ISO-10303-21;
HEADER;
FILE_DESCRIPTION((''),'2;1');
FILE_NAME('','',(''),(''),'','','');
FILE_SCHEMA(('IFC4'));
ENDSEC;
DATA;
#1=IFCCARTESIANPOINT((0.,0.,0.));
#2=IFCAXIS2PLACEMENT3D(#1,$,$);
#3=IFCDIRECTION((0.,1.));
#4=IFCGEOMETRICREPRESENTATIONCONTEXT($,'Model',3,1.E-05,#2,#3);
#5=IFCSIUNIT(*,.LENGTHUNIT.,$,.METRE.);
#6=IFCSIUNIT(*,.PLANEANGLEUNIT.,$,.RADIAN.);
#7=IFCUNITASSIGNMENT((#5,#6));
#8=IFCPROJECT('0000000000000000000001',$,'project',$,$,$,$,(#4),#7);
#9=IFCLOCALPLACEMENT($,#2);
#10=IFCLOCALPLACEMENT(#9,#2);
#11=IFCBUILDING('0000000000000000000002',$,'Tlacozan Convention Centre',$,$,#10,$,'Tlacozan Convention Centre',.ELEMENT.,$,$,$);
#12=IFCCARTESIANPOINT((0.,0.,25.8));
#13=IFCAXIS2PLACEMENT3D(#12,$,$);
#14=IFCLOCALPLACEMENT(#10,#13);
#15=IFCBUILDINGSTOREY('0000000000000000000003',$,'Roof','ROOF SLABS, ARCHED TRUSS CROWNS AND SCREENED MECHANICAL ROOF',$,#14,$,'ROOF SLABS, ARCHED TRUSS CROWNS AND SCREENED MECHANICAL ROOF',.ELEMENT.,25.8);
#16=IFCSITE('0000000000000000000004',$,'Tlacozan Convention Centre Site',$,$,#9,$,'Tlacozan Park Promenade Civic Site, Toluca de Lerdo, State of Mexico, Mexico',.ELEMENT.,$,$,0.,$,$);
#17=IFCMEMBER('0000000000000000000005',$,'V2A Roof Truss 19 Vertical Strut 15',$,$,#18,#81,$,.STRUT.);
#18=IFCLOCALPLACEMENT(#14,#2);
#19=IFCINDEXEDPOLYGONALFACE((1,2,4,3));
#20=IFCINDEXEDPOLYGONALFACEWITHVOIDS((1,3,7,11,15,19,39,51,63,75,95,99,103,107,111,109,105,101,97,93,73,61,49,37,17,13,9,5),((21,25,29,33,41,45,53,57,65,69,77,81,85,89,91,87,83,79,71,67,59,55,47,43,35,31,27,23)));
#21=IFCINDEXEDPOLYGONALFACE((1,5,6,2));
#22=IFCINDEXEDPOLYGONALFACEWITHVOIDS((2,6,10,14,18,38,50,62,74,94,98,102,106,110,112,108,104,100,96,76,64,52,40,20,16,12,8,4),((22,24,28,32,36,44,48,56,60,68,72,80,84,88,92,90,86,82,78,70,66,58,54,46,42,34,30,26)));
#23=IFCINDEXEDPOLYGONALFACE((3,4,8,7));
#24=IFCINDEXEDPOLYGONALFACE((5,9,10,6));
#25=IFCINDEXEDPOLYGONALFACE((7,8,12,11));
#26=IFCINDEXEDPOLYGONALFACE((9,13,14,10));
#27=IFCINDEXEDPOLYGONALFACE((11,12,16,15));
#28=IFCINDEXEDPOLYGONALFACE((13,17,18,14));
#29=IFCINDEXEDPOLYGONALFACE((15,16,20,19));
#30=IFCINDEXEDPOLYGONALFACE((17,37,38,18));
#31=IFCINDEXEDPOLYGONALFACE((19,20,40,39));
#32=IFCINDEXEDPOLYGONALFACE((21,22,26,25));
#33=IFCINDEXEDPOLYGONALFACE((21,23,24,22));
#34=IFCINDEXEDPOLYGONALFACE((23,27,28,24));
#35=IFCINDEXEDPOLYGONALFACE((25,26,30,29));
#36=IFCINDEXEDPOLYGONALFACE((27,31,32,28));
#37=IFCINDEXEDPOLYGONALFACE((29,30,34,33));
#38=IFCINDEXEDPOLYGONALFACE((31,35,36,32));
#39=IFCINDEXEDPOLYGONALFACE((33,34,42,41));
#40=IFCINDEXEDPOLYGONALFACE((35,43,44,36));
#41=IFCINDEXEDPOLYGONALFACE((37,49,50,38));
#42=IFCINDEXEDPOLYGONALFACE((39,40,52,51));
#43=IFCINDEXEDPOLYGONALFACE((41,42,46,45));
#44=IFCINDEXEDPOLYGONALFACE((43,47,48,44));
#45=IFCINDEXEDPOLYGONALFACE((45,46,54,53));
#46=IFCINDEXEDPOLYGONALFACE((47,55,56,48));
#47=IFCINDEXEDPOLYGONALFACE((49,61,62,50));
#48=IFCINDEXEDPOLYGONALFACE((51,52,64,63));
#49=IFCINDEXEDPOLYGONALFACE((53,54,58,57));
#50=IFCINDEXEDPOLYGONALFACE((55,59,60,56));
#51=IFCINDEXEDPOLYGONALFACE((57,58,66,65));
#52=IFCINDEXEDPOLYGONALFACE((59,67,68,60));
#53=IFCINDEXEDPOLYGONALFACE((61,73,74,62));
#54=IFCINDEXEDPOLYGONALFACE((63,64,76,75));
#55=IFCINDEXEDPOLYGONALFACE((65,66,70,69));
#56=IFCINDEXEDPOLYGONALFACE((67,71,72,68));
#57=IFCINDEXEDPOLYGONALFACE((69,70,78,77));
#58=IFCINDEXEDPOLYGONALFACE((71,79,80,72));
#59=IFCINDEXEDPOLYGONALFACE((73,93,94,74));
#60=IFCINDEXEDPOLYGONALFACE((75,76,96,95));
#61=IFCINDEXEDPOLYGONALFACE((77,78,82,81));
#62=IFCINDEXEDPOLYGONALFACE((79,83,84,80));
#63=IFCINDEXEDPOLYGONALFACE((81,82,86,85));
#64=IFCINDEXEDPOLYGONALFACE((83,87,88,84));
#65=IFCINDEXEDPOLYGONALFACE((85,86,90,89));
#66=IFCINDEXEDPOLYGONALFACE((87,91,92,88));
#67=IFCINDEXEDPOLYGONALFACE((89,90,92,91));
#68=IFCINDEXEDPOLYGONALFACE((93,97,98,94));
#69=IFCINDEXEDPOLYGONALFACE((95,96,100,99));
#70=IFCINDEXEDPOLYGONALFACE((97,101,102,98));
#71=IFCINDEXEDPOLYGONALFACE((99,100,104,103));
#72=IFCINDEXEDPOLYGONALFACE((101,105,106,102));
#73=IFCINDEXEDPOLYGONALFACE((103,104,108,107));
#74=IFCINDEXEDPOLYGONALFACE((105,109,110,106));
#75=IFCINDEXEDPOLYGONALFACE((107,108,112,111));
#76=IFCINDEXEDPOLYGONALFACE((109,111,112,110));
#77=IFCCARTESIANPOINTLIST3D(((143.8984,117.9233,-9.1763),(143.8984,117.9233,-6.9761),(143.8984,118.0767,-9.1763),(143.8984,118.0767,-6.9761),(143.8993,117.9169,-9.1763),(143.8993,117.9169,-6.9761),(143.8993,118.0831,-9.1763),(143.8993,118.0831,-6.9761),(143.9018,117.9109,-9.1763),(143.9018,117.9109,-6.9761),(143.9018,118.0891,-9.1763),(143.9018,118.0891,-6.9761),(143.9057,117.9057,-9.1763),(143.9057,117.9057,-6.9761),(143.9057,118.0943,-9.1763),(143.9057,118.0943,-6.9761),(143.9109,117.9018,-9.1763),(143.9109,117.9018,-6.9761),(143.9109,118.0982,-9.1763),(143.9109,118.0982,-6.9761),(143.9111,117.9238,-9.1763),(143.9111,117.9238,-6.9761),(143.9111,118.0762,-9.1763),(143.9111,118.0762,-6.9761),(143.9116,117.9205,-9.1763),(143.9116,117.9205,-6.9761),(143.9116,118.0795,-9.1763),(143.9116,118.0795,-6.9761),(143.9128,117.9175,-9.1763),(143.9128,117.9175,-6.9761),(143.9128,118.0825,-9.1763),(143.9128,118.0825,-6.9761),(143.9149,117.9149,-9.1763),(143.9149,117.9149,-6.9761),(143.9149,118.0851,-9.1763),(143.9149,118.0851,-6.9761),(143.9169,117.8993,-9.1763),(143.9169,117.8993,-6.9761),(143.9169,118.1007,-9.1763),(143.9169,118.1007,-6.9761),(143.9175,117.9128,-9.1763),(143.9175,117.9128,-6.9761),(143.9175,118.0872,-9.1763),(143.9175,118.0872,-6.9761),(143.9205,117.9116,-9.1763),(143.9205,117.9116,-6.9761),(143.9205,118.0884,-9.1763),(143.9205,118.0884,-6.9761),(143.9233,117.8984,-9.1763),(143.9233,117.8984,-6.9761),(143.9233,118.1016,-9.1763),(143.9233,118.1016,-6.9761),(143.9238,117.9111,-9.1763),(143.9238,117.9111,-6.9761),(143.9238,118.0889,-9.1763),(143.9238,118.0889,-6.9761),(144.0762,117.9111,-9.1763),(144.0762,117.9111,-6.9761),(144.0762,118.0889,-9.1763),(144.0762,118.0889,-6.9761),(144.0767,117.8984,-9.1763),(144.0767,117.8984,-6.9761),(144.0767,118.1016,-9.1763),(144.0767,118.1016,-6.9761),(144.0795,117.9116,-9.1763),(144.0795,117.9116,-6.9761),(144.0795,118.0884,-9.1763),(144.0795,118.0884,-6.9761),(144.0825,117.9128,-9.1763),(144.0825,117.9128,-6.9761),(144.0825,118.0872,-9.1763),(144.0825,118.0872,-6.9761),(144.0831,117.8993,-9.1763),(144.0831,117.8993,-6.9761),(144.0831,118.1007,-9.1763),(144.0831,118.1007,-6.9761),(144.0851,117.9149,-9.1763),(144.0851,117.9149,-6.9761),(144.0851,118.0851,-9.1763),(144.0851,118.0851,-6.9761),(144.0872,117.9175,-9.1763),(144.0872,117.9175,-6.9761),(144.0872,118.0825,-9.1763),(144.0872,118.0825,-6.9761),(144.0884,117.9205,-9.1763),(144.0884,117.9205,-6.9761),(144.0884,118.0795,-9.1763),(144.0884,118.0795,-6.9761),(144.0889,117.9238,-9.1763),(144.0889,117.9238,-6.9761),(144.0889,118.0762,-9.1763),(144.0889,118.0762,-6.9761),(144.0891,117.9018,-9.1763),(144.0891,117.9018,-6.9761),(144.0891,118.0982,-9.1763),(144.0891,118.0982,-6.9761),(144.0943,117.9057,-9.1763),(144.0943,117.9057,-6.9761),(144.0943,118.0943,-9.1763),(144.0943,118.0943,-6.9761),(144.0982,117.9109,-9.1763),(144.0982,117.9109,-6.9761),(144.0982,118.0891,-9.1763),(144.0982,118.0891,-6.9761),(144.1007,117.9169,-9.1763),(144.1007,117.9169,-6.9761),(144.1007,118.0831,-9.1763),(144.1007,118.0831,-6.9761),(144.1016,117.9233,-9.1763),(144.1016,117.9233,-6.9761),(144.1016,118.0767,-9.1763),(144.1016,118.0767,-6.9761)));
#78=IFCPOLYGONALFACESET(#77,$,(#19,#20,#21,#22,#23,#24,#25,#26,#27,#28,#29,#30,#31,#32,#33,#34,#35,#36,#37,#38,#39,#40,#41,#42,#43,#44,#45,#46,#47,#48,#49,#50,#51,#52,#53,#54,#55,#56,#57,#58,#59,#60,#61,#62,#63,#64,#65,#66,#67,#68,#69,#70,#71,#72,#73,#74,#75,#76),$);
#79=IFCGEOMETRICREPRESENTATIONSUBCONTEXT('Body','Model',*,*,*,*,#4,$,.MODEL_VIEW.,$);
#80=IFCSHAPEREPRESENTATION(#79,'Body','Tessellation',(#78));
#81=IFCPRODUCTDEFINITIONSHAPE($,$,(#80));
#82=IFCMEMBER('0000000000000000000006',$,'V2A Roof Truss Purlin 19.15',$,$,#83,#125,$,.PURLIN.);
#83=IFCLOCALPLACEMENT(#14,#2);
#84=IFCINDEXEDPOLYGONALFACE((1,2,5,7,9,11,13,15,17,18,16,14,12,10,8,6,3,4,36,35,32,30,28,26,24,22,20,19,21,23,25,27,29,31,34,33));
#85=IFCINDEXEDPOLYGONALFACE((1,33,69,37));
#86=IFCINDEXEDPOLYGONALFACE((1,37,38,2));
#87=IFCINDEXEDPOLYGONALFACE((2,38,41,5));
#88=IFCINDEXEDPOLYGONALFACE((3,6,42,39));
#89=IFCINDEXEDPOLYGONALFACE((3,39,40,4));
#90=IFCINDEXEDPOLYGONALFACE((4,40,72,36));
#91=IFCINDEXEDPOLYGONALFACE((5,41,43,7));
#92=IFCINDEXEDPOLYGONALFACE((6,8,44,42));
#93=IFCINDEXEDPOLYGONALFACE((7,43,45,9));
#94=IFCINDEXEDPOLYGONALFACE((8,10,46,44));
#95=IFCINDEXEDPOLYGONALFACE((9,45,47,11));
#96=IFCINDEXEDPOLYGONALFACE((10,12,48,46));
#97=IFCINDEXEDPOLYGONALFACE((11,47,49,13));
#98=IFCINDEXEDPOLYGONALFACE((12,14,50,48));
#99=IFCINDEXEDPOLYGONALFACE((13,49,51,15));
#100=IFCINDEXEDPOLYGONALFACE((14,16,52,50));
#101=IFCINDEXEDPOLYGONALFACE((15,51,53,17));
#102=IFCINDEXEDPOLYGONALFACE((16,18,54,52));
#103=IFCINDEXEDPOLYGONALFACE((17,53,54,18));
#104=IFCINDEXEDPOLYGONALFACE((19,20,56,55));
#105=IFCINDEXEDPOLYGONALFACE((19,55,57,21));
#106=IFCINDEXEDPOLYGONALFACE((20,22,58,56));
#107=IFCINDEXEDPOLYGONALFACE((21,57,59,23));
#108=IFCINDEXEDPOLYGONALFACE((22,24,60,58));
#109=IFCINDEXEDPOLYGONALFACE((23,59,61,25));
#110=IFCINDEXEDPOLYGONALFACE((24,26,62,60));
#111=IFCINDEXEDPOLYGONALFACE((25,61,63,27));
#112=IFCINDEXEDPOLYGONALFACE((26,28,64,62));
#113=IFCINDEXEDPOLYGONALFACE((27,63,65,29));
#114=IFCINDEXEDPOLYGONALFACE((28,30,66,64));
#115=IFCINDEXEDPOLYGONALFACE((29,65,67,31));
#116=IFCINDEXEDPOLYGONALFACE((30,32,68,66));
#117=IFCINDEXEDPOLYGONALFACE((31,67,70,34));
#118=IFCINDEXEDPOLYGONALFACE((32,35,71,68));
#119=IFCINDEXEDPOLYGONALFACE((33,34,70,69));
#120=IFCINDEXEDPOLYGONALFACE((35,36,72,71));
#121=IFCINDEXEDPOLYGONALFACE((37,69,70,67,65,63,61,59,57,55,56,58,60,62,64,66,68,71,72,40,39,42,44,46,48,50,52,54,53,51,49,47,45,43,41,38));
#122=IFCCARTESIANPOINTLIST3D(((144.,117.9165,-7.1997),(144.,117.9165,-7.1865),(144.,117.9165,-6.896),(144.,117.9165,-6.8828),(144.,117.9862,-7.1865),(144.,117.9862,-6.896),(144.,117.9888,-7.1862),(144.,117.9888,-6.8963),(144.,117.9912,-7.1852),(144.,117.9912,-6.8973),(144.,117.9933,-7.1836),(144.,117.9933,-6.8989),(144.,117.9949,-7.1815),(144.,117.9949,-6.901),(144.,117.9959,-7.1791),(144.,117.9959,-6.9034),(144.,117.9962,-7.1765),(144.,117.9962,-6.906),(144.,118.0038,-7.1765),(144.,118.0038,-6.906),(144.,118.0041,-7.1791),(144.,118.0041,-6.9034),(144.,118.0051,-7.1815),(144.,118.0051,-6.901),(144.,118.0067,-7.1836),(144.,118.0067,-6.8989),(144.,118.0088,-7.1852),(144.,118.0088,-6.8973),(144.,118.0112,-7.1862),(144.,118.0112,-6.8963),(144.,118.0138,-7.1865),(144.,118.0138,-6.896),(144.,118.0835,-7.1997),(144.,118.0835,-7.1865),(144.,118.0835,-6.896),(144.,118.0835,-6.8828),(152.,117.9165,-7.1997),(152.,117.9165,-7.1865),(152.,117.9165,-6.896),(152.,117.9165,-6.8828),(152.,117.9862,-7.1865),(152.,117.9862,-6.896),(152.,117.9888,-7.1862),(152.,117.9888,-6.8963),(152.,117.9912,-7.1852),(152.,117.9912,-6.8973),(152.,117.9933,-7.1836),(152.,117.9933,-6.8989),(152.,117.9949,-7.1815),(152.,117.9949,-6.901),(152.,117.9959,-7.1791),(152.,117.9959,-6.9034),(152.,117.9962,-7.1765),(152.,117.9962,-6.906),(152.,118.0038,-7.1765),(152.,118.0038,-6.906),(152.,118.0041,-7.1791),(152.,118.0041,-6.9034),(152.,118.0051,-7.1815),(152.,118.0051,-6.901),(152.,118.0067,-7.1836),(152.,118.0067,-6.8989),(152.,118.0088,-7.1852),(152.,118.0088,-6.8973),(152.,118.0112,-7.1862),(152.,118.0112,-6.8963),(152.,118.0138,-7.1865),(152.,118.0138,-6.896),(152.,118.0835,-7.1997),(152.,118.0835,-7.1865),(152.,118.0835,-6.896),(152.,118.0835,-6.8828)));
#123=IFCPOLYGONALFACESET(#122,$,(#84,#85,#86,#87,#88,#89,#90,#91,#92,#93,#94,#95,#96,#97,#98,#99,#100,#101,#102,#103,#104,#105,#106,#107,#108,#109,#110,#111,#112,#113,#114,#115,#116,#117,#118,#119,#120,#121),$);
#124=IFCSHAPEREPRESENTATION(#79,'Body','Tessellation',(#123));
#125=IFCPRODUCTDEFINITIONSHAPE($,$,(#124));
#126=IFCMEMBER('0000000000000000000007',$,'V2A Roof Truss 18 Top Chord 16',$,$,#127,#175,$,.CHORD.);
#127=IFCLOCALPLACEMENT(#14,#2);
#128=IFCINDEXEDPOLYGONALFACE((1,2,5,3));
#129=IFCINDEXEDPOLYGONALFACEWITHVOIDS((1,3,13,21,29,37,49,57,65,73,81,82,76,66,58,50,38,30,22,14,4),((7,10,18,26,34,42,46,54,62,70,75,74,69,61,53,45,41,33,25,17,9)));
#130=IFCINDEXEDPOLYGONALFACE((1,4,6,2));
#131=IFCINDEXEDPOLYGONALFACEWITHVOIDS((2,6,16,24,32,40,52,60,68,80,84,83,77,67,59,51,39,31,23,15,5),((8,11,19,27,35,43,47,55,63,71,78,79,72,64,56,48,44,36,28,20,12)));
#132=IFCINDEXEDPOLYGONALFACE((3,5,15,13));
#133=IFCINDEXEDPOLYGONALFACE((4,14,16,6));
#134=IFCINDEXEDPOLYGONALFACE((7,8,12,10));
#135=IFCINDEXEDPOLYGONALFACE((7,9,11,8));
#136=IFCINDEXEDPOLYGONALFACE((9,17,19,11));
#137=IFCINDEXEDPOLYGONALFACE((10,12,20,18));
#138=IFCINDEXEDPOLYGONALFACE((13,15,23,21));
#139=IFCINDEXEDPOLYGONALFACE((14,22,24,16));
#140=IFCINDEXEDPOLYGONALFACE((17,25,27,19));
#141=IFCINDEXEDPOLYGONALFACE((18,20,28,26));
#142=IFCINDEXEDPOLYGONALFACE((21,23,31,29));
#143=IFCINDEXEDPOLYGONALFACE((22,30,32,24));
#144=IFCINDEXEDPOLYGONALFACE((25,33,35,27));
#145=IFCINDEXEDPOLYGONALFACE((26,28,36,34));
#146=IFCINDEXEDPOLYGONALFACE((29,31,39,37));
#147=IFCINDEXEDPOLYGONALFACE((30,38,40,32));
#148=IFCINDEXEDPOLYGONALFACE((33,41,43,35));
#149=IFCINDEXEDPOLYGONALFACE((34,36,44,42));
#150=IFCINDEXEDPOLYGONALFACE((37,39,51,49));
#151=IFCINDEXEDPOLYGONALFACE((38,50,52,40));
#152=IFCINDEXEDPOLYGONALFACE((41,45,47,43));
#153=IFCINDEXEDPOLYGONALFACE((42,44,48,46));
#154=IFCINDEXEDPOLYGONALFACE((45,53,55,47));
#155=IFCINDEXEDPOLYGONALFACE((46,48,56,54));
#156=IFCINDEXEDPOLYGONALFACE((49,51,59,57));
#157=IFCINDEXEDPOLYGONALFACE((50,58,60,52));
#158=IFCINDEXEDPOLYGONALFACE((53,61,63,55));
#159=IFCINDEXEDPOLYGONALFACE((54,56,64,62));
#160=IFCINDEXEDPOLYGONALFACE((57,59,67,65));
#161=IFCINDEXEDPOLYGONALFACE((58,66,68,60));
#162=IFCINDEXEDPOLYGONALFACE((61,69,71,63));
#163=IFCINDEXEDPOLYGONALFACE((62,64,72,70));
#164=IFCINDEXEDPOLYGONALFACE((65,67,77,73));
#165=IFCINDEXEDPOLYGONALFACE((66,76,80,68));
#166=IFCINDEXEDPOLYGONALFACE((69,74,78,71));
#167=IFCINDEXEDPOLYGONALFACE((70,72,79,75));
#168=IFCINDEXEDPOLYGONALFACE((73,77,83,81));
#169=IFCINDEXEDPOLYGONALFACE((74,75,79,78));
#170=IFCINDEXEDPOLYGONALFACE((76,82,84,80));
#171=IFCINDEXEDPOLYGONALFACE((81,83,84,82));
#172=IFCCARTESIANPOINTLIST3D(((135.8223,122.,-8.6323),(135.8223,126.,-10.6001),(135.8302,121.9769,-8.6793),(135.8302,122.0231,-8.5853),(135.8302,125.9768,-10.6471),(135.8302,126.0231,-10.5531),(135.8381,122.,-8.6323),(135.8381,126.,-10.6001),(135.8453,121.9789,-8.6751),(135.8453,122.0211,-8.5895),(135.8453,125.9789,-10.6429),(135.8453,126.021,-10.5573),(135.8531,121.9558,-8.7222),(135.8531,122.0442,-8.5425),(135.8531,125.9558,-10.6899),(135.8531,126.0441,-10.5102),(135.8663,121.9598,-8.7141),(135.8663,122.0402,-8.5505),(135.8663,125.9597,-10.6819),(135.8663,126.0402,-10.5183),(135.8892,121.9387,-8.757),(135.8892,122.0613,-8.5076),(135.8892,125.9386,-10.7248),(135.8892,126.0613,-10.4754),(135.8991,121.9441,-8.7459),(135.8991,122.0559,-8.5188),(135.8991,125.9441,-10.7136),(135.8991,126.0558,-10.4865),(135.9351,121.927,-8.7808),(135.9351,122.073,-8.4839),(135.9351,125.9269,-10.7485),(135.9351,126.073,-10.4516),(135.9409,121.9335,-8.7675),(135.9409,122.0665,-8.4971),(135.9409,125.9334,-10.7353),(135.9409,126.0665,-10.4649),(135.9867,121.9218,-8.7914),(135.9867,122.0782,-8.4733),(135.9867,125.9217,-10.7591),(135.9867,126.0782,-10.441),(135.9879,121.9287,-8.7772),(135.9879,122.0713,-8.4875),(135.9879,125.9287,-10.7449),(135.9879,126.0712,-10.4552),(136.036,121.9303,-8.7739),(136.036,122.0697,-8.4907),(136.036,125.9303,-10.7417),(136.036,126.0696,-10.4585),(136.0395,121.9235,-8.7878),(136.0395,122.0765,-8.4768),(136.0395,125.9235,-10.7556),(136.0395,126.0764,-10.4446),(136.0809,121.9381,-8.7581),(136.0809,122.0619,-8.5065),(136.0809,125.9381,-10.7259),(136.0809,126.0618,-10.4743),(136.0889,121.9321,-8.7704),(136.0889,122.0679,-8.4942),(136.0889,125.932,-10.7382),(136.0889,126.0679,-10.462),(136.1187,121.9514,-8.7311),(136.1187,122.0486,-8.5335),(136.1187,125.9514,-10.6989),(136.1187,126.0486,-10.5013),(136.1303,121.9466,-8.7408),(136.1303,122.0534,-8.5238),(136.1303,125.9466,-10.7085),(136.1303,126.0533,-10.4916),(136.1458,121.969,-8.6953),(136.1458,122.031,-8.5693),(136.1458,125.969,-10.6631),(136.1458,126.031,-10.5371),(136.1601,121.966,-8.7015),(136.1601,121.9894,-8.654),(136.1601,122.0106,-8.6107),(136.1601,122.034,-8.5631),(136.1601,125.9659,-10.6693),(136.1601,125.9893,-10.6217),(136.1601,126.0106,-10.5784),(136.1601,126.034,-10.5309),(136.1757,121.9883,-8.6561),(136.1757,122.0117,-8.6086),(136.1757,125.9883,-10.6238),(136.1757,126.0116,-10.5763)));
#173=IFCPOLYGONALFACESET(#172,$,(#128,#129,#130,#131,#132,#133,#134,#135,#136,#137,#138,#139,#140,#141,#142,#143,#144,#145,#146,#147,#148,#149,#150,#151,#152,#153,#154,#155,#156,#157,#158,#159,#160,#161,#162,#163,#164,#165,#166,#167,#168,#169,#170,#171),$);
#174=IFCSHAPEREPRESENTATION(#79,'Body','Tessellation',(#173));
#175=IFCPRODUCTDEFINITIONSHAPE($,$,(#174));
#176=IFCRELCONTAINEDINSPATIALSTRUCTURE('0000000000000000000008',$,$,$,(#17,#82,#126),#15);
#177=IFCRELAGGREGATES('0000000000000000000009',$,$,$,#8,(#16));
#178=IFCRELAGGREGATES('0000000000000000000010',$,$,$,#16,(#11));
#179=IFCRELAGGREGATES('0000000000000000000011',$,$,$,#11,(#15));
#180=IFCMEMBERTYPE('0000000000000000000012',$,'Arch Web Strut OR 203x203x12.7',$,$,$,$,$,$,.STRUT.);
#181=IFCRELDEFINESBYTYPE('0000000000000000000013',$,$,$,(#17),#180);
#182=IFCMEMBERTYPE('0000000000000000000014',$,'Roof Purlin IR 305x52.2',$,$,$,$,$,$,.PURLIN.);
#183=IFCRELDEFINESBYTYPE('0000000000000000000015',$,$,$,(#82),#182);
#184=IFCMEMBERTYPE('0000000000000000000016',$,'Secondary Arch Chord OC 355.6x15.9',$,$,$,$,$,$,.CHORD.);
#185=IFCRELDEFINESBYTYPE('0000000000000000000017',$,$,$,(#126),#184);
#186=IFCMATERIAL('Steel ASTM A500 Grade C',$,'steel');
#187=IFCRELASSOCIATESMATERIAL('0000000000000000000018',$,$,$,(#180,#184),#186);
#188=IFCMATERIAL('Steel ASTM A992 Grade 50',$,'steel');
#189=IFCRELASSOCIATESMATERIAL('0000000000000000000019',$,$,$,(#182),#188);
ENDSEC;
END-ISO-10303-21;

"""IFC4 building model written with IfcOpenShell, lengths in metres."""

from ifc_helpers import new_model, si_unit, direction, frame, origin, origin_2d, place, context, subcontext, project, spatial, hollow_rectangle, hollow_circle, i_section, extrude, material, material_profile, profile_set, type_object, element, save


model = new_model("IFC4")

# Units and contexts
model_context = context("Model", 3, precision=1e-05, world=origin(), true_north=direction((0.0, 1.0)))
body_context = subcontext(model_context, "Body", "Model", "MODEL_VIEW")
ifc_project = project(units=[si_unit("LENGTHUNIT", "METRE"), si_unit("PLANEANGLEUNIT", "RADIAN")], contexts=[model_context])

# Site, building, storey
site_placement = place(None, origin())
site = spatial("IfcSite", under=ifc_project, at=site_placement, Name="Tlacozan Convention Centre Site", LongName="Tlacozan Park Promenade Civic Site, Toluca de Lerdo, State of Mexico, Mexico", CompositionType="ELEMENT", RefElevation=0.0)
building_placement = place(site_placement, origin())
building = spatial("IfcBuilding", under=site, at=building_placement, Name="Tlacozan Convention Centre", LongName="Tlacozan Convention Centre", CompositionType="ELEMENT")
storey_placement = place(building_placement, frame((0.0, 0.0, 25.8)))
storey = spatial("IfcBuildingStorey", under=building, at=storey_placement, Name="Roof", Description="ROOF SLABS, ARCHED TRUSS CROWNS AND SCREENED MECHANICAL ROOF", LongName="ROOF SLABS, ARCHED TRUSS CROWNS AND SCREENED MECHANICAL ROOF", CompositionType="ELEMENT", Elevation=25.8)

# Members
ifc_material_1 = material(Name="Steel ASTM A500 Grade C", Category="steel")
ifc_material_profile_1 = material_profile(ifc_material_1, hollow_rectangle(XDim=0.2031, YDim=0.2031, WallThickness=0.0127, InnerFilletRadius=0.0127, OuterFilletRadius=0.0249, at=origin_2d()), Name="OR 203x203x12.7")
ifc_profile_set_1 = profile_set([ifc_material_profile_1], Name="Steel ASTM A500 Grade C")
member_type_1 = type_object("IfcMemberType", Name="Arch Web Strut OR 203x203x12.7", PredefinedType="STRUT", material=ifc_profile_set_1)
member_1_placement = place(storey_placement, frame((144.0, 118.0, -9.1763), z_axis=(0.0, 0.0, 1.0), x_axis=(1.0, 0.0, 0.0)))
element("IfcMember", 1, at=member_1_placement, inside=storey, type_object=member_type_1, Name="V2A Roof Truss 19 Vertical Strut 15", PredefinedType="STRUT", context=body_context, shape_type="SweptSolid", body=[
    extrude(hollow_rectangle(XDim=0.2031, YDim=0.2031, WallThickness=0.0127, InnerFilletRadius=0.0127, OuterFilletRadius=0.0249, at=origin_2d()), origin(), (0.0, 0.0, 1.0), 2.2002),
])
ifc_material_2 = material(Name="Steel ASTM A992 Grade 50", Category="steel")
ifc_material_profile_2 = material_profile(ifc_material_2, i_section(OverallWidth=0.167, OverallDepth=0.3169, WebThickness=0.0076, FlangeThickness=0.0132, FilletRadius=0.01, at=origin_2d()), Name="IR 305x52.2")
ifc_profile_set_2 = profile_set([ifc_material_profile_2], Name="Steel ASTM A992 Grade 50")
member_type_2 = type_object("IfcMemberType", Name="Roof Purlin IR 305x52.2", PredefinedType="PURLIN", material=ifc_profile_set_2)
member_2_placement = place(storey_placement, frame((144.0, 118.0, -7.0413), z_axis=(1.0, 0.0, 0.0), x_axis=(0.0, 1.0, 0.0)))
element("IfcMember", 2, at=member_2_placement, inside=storey, type_object=member_type_2, Name="V2A Roof Truss Purlin 19.15", PredefinedType="PURLIN", context=body_context, shape_type="SweptSolid", body=[
    extrude(i_section(OverallWidth=0.167, OverallDepth=0.3169, WebThickness=0.0076, FlangeThickness=0.0132, FilletRadius=0.01, at=origin_2d()), origin(), (0.0, 0.0, 1.0), 8.0),
])
ifc_material_profile_3 = material_profile(ifc_material_1, hollow_circle(Radius=0.1777, WallThickness=0.0159, at=origin_2d()), Name="OC 355.6x15.9")
ifc_profile_set_3 = profile_set([ifc_material_profile_3], Name="Steel ASTM A500 Grade C")
member_type_3 = type_object("IfcMemberType", Name="Secondary Arch Chord OC 355.6x15.9", PredefinedType="CHORD", material=ifc_profile_set_3)
member_3_placement = place(storey_placement, frame((136.0, 122.0, -8.6323), z_axis=(0.0, 0.8973, -0.441421), x_axis=(-1.0, 0.0, 0.0)))
element("IfcMember", 3, at=member_3_placement, inside=storey, type_object=member_type_3, Name="V2A Roof Truss 18 Top Chord 16", PredefinedType="CHORD", context=body_context, shape_type="SweptSolid", body=[
    extrude(hollow_circle(Radius=0.1777, WallThickness=0.0159, at=origin_2d()), origin(), (0.0, 0.0, 1.0), 4.4578),
])

save(model, "model.ifc")
